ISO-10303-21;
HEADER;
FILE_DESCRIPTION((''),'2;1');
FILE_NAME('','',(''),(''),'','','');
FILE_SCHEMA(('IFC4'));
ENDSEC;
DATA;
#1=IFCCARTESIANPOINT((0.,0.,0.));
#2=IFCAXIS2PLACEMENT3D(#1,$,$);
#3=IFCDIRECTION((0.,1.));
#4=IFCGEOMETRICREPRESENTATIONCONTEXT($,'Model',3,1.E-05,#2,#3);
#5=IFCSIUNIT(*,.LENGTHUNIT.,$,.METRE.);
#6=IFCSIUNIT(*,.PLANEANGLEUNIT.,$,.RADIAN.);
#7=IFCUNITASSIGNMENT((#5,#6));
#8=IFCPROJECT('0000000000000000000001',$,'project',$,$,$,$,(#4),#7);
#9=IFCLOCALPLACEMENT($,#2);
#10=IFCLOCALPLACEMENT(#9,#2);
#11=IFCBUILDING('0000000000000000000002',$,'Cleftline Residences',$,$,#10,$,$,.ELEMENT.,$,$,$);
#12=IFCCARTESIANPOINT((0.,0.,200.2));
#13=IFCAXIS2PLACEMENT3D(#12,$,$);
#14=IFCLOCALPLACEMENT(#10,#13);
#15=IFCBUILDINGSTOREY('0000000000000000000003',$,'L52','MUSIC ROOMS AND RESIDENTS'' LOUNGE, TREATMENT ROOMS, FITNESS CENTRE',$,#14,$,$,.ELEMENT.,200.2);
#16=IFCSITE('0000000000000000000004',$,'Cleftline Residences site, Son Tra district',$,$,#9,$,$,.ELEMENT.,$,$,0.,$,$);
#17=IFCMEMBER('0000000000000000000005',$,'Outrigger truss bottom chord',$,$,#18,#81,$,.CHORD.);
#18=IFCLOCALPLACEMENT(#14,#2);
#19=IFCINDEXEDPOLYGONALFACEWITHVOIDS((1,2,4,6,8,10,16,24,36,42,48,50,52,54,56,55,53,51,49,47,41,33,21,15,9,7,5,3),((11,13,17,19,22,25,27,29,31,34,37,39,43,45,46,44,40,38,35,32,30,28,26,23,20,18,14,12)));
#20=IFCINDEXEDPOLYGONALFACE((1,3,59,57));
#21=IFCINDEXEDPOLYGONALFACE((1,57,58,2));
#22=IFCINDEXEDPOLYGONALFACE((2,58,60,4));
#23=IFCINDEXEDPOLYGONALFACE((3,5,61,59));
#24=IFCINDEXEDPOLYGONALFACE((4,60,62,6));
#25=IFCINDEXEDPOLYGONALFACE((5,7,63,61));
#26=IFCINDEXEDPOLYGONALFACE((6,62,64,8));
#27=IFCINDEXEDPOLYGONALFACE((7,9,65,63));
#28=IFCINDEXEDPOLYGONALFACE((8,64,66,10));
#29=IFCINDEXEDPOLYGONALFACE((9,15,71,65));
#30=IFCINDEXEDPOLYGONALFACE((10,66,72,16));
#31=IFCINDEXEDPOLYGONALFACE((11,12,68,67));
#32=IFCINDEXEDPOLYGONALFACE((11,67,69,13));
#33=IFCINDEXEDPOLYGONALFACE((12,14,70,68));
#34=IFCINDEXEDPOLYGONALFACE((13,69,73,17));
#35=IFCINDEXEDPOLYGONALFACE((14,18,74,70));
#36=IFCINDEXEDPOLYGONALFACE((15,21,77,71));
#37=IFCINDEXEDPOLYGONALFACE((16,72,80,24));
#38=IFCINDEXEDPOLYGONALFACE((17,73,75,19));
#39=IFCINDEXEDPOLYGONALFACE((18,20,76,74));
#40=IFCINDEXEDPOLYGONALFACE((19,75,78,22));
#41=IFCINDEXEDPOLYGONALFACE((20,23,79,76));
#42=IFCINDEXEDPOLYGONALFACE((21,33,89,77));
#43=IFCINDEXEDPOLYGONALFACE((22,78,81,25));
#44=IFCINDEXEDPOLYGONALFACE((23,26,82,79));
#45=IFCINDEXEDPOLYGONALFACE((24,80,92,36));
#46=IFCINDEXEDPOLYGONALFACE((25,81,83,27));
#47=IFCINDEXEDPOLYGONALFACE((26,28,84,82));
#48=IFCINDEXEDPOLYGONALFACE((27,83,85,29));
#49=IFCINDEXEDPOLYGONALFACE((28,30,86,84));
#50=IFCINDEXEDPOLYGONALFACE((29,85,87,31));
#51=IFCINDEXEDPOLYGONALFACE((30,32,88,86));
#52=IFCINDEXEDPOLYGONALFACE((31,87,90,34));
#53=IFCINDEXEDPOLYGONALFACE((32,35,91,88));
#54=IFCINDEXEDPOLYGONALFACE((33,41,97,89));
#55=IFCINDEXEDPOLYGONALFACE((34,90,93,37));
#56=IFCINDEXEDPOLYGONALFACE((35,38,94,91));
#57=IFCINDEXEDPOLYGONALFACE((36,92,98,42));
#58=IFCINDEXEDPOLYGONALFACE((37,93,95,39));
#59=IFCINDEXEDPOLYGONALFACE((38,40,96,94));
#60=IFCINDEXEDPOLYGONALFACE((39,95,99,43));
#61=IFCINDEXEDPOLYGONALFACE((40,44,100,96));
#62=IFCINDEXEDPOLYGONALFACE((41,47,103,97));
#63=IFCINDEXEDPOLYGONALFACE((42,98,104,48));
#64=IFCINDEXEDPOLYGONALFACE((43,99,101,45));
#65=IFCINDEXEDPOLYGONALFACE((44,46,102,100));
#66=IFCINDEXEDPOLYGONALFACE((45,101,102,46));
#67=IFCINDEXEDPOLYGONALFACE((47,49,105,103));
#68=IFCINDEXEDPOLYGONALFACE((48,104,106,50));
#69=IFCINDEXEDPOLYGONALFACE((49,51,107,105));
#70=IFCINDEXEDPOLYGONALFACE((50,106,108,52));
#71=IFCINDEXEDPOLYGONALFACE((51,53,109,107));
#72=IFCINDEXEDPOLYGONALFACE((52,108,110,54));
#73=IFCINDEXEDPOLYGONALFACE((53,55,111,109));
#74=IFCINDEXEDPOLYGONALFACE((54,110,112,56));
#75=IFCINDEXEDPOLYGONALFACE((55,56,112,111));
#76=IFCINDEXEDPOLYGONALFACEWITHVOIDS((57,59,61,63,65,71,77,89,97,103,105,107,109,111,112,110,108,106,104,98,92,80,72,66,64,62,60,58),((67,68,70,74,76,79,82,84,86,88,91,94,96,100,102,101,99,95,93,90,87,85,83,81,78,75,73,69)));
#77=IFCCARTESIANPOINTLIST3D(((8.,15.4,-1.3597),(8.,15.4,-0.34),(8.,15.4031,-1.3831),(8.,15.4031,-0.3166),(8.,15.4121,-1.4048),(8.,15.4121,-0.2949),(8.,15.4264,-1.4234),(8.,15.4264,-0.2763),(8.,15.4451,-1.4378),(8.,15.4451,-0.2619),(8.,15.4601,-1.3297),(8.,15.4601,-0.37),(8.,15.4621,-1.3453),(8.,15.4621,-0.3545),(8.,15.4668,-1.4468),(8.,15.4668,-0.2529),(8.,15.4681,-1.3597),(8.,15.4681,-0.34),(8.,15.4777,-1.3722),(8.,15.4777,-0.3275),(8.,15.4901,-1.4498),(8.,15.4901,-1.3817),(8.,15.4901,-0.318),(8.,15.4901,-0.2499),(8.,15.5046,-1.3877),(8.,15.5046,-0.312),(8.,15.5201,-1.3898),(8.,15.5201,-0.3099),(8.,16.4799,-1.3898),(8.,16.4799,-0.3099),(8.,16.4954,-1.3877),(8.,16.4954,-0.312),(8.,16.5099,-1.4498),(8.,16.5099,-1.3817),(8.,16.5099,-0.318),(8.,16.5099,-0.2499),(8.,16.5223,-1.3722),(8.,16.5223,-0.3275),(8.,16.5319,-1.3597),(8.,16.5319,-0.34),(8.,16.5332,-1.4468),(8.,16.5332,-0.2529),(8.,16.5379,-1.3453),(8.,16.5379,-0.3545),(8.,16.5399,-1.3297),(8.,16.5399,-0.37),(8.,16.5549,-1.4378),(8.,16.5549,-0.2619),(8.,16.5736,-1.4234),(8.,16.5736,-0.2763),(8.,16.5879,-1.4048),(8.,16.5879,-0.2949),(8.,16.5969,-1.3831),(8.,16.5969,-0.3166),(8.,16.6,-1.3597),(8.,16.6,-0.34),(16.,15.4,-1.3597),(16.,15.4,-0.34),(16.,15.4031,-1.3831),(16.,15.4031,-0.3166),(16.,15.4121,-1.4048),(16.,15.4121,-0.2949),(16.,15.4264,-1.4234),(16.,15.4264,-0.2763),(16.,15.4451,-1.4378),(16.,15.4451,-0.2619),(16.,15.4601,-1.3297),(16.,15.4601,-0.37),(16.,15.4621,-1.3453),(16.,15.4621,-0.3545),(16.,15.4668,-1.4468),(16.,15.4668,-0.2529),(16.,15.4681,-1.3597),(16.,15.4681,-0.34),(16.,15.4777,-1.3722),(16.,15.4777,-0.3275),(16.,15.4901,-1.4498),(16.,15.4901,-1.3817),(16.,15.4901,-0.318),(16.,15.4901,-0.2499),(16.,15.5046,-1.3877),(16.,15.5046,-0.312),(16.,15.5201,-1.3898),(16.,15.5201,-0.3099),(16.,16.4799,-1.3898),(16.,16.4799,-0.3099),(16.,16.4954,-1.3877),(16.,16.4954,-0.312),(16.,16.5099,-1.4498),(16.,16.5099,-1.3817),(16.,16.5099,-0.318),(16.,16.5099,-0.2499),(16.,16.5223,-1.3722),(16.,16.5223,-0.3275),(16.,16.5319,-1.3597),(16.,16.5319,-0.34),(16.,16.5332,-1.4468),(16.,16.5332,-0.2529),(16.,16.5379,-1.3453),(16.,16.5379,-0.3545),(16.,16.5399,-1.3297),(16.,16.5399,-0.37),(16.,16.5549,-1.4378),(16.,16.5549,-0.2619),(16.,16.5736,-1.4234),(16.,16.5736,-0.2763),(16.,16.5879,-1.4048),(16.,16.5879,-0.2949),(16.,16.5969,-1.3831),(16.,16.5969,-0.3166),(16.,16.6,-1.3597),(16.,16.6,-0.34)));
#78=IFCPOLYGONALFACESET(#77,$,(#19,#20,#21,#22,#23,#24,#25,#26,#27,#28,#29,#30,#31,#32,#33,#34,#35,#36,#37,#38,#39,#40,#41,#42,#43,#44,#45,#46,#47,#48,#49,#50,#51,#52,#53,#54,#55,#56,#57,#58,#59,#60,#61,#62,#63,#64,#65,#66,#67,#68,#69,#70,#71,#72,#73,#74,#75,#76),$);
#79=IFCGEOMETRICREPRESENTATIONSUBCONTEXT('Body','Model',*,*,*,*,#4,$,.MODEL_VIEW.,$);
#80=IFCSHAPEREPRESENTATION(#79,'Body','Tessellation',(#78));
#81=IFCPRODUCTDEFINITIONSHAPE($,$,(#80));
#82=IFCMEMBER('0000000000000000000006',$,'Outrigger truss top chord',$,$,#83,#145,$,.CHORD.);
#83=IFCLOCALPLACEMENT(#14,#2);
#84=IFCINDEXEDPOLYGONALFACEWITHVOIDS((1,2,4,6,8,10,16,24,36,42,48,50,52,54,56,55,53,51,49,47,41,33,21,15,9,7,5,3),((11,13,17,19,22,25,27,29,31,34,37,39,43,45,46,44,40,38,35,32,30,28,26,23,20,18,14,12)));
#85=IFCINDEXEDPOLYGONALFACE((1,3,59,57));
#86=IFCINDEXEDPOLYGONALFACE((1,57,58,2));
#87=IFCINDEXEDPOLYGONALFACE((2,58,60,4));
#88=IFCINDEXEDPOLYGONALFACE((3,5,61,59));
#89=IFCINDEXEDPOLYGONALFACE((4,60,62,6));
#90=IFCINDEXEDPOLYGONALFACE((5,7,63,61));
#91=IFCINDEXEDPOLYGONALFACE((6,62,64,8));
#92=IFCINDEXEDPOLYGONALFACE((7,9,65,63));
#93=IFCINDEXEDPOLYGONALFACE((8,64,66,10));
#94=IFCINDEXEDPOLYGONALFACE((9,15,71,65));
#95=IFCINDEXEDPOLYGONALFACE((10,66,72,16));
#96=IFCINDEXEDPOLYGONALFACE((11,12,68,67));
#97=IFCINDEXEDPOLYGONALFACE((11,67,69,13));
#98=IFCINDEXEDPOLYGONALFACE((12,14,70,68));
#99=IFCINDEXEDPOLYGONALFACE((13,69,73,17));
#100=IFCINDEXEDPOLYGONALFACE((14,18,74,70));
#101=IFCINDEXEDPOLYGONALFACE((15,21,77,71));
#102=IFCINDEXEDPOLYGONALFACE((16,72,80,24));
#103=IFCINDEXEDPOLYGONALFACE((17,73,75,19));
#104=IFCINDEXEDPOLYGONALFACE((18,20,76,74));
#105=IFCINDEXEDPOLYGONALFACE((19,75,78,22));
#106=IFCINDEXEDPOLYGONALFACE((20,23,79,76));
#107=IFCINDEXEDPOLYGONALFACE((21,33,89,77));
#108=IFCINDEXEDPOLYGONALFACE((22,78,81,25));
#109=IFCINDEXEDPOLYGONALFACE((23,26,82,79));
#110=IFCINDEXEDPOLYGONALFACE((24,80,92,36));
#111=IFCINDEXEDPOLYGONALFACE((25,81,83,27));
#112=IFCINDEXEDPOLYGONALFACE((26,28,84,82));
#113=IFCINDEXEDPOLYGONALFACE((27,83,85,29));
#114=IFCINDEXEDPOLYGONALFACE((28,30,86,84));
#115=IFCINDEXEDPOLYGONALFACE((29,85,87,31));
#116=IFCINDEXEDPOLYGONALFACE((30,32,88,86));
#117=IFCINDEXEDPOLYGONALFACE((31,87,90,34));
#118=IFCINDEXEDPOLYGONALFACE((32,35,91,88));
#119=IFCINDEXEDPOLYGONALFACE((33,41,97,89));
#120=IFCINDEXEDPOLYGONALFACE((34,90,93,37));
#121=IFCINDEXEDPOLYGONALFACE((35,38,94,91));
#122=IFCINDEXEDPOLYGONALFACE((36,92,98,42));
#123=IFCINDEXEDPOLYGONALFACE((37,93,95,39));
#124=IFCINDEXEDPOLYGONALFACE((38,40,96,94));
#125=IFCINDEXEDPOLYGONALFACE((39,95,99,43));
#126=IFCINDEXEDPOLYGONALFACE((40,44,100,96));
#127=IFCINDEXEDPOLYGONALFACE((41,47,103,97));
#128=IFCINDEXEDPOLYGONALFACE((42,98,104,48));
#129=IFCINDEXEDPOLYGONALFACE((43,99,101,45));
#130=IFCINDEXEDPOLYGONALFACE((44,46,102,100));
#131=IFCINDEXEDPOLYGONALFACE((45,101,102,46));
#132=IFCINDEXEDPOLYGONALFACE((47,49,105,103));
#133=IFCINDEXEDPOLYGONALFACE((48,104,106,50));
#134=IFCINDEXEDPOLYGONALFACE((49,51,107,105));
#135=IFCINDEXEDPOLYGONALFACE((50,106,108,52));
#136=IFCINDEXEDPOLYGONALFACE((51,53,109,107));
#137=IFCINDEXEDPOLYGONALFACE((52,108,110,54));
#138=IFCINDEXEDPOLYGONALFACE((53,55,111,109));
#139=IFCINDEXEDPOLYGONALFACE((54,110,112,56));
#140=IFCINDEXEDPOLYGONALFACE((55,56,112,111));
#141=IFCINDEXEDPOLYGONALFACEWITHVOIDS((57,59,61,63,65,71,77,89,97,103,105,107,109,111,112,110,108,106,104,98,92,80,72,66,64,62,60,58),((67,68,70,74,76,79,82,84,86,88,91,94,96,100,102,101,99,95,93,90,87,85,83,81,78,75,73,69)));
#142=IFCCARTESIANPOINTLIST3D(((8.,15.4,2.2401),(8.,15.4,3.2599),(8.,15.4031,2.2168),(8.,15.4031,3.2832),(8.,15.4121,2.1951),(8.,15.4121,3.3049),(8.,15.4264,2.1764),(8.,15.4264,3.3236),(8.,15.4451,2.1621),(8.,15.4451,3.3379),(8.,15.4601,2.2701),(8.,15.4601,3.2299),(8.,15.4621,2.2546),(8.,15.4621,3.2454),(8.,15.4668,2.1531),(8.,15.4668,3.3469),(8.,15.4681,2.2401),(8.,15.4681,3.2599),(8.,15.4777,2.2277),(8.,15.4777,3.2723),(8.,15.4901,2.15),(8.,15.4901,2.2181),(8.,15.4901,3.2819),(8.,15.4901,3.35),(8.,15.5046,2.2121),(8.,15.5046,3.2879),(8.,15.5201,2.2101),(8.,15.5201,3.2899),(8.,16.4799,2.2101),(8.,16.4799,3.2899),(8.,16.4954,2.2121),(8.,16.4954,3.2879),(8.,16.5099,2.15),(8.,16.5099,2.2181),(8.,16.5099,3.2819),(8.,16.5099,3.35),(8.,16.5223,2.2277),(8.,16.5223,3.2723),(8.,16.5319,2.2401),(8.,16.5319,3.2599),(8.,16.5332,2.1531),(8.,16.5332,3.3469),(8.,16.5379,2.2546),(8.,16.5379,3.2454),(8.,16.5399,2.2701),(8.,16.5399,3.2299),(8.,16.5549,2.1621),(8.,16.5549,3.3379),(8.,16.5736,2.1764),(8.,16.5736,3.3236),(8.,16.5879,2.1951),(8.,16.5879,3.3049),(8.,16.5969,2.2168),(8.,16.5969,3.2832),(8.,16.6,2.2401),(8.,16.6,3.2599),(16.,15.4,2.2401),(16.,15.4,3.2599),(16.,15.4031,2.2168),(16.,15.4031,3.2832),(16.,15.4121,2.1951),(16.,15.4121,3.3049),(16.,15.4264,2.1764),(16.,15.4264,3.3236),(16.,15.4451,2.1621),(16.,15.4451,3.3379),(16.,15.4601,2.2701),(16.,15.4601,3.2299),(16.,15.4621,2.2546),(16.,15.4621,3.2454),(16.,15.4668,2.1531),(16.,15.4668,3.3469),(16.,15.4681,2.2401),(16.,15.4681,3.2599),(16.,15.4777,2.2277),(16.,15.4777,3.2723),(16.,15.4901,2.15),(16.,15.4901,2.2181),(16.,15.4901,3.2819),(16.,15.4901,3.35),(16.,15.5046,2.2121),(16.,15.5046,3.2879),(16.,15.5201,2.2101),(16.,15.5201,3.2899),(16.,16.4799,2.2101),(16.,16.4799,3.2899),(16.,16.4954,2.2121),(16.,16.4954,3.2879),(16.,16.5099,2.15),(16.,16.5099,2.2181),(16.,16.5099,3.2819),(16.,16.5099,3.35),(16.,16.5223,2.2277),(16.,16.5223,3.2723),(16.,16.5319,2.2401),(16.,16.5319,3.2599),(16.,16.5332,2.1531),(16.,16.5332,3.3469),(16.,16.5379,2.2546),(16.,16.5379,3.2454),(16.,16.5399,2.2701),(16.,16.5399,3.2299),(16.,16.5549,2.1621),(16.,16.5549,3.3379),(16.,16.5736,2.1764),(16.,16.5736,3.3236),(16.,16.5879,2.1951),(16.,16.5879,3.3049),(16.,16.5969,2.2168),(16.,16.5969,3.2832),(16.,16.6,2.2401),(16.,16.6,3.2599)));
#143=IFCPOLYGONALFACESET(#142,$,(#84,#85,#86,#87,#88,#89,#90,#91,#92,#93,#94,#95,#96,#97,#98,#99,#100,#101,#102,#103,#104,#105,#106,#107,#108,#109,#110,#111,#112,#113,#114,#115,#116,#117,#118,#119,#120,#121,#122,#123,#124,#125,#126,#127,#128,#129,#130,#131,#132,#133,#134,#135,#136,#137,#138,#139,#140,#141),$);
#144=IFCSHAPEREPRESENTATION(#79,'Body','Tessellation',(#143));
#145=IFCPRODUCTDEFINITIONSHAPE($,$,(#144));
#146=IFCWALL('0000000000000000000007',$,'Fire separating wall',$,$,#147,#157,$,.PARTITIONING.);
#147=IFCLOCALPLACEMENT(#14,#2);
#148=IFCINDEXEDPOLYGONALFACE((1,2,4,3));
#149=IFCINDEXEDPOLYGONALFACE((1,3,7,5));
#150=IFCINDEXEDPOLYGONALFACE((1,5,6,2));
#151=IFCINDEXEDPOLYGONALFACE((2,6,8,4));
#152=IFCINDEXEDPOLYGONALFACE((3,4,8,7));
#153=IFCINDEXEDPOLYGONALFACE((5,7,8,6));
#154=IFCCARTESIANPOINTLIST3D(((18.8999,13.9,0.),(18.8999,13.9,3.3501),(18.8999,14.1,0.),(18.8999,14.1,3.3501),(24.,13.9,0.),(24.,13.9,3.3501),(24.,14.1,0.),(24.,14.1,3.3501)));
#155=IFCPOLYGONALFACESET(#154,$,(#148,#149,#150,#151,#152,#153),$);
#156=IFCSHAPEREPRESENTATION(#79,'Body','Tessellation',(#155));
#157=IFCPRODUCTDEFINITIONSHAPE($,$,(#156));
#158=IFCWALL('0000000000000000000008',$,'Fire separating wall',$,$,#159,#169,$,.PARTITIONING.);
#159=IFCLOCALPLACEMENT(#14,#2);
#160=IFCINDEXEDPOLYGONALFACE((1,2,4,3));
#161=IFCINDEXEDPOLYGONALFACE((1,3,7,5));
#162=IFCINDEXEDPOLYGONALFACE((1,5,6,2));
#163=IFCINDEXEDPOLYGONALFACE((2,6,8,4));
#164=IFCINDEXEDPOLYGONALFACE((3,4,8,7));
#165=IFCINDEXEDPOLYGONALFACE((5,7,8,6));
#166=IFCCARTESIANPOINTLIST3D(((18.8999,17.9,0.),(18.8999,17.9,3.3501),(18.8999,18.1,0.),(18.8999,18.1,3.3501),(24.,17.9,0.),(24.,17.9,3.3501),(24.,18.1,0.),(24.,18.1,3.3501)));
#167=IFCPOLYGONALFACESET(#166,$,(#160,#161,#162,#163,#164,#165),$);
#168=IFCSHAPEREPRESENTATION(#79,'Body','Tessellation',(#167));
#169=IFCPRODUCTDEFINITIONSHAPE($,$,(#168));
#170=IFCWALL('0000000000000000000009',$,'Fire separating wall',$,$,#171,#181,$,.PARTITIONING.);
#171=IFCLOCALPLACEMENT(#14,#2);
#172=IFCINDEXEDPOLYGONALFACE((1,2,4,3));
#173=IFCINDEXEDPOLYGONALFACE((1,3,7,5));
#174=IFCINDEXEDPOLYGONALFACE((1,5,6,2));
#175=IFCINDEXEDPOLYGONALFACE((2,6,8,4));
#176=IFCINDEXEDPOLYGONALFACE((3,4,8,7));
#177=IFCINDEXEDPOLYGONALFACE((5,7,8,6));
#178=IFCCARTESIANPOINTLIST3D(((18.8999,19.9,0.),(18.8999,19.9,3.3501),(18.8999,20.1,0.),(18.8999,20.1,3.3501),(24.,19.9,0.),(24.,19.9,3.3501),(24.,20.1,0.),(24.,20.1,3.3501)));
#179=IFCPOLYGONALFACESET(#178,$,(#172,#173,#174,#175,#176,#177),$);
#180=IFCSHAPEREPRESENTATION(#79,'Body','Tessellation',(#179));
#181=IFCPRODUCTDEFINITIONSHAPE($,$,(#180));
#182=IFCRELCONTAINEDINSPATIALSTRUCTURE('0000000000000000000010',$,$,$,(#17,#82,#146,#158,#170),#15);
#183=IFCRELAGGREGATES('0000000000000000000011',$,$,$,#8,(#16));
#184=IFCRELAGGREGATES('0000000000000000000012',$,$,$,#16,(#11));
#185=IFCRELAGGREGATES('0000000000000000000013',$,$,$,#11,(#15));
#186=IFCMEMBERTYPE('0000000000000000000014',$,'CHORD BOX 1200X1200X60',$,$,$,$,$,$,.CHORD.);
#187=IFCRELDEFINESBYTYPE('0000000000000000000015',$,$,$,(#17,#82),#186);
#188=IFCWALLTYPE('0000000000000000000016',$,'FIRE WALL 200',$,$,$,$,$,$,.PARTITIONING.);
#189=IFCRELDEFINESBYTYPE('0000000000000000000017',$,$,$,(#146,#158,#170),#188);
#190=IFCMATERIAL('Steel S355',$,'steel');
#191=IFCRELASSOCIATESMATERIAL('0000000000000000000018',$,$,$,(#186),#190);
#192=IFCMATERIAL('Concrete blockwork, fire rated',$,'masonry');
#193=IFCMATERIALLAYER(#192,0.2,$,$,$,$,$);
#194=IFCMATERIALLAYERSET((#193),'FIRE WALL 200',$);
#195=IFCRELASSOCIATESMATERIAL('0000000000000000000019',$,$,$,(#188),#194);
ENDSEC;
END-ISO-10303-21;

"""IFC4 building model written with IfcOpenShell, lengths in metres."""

from ifc_helpers import new_model, si_unit, direction, frame, frame_2d, origin, origin_2d, place, context, subcontext, project, spatial, rectangle, hollow_rectangle, extrude, material, layer, layer_set, material_profile, profile_set, type_object, element, save


model = new_model("IFC4")

# Units and contexts
model_context = context("Model", 3, precision=1e-05, world=origin(), true_north=direction((0.0, 1.0)))
body_context = subcontext(model_context, "Body", "Model", "MODEL_VIEW")
ifc_project = project(units=[si_unit("LENGTHUNIT", "METRE"), si_unit("PLANEANGLEUNIT", "RADIAN")], contexts=[model_context])

# Site, building, storey
site_placement = place(None, origin())
site = spatial("IfcSite", under=ifc_project, at=site_placement, Name="Cleftline Residences site, Son Tra district", CompositionType="ELEMENT", RefElevation=0.0)
building_placement = place(site_placement, origin())
building = spatial("IfcBuilding", under=site, at=building_placement, Name="Cleftline Residences", CompositionType="ELEMENT")
storey_placement = place(building_placement, frame((0.0, 0.0, 200.2)))
storey = spatial("IfcBuildingStorey", under=building, at=storey_placement, Name="L52", Description="MUSIC ROOMS AND RESIDENTS' LOUNGE, TREATMENT ROOMS, FITNESS CENTRE", CompositionType="ELEMENT", Elevation=200.2)

# Members
ifc_material_1 = material(Name="Steel S355", Category="steel")
ifc_material_profile_1 = material_profile(ifc_material_1, hollow_rectangle(XDim=1.2, YDim=1.2, WallThickness=0.0601, InnerFilletRadius=0.0601, OuterFilletRadius=0.0901, at=origin_2d()))
ifc_profile_set_1 = profile_set([ifc_material_profile_1], Name="Steel S355")
member_type_1 = type_object("IfcMemberType", Name="CHORD BOX 1200X1200X60", PredefinedType="CHORD", material=ifc_profile_set_1)
for number, where, z_axis, x_axis, name in (
    (1, (16.0, 16.0, -0.8499), (-1.0, 0.0, 0.0), (0.0, -1.0, 0.0), "Outrigger truss bottom chord"),
    (2, (16.0, 16.0, 2.75), (-1.0, 0.0, 0.0), (0.0, -1.0, 0.0), "Outrigger truss top chord"),
):
    element("IfcMember", number, at=place(storey_placement, frame(where, z_axis=z_axis, x_axis=x_axis)), inside=storey, type_object=member_type_1, Name=name, PredefinedType="CHORD", context=body_context, shape_type="SweptSolid", body=[
        extrude(hollow_rectangle(XDim=1.2, YDim=1.2, WallThickness=0.0601, InnerFilletRadius=0.0601, OuterFilletRadius=0.0901, at=origin_2d()), origin(), (0.0, 0.0, 1.0), 8.0),
    ])

# Walls
ifc_material_2 = material(Name="Concrete blockwork, fire rated", Category="masonry")
ifc_layer_1 = layer(ifc_material_2, 0.2)
ifc_layer_set_1 = layer_set([ifc_layer_1], Name="FIRE WALL 200")
wall_type_1 = type_object("IfcWallType", Name="FIRE WALL 200", PredefinedType="PARTITIONING", material=ifc_layer_set_1)
for number, where, z_axis, x_axis, name in (
    (3, (18.8999, 14.0, 0.0), (0.0, 0.0, 1.0), (1.0, 0.0, 0.0), "Fire separating wall"),
    (4, (18.8999, 18.0, 0.0), (0.0, 0.0, 1.0), (1.0, 0.0, 0.0), "Fire separating wall"),
    (5, (18.8999, 20.0, 0.0), (0.0, 0.0, 1.0), (1.0, 0.0, 0.0), "Fire separating wall"),
):
    element("IfcWall", number, at=place(storey_placement, frame(where, z_axis=z_axis, x_axis=x_axis)), inside=storey, type_object=wall_type_1, Name=name, PredefinedType="PARTITIONING", context=body_context, shape_type="SweptSolid", body=[
        extrude(rectangle(XDim=5.1001, YDim=0.2, at=frame_2d((2.55, 0.0))), origin(), (0.0, 0.0, 1.0), 3.3501),
    ])

save(model, "model.ifc")
